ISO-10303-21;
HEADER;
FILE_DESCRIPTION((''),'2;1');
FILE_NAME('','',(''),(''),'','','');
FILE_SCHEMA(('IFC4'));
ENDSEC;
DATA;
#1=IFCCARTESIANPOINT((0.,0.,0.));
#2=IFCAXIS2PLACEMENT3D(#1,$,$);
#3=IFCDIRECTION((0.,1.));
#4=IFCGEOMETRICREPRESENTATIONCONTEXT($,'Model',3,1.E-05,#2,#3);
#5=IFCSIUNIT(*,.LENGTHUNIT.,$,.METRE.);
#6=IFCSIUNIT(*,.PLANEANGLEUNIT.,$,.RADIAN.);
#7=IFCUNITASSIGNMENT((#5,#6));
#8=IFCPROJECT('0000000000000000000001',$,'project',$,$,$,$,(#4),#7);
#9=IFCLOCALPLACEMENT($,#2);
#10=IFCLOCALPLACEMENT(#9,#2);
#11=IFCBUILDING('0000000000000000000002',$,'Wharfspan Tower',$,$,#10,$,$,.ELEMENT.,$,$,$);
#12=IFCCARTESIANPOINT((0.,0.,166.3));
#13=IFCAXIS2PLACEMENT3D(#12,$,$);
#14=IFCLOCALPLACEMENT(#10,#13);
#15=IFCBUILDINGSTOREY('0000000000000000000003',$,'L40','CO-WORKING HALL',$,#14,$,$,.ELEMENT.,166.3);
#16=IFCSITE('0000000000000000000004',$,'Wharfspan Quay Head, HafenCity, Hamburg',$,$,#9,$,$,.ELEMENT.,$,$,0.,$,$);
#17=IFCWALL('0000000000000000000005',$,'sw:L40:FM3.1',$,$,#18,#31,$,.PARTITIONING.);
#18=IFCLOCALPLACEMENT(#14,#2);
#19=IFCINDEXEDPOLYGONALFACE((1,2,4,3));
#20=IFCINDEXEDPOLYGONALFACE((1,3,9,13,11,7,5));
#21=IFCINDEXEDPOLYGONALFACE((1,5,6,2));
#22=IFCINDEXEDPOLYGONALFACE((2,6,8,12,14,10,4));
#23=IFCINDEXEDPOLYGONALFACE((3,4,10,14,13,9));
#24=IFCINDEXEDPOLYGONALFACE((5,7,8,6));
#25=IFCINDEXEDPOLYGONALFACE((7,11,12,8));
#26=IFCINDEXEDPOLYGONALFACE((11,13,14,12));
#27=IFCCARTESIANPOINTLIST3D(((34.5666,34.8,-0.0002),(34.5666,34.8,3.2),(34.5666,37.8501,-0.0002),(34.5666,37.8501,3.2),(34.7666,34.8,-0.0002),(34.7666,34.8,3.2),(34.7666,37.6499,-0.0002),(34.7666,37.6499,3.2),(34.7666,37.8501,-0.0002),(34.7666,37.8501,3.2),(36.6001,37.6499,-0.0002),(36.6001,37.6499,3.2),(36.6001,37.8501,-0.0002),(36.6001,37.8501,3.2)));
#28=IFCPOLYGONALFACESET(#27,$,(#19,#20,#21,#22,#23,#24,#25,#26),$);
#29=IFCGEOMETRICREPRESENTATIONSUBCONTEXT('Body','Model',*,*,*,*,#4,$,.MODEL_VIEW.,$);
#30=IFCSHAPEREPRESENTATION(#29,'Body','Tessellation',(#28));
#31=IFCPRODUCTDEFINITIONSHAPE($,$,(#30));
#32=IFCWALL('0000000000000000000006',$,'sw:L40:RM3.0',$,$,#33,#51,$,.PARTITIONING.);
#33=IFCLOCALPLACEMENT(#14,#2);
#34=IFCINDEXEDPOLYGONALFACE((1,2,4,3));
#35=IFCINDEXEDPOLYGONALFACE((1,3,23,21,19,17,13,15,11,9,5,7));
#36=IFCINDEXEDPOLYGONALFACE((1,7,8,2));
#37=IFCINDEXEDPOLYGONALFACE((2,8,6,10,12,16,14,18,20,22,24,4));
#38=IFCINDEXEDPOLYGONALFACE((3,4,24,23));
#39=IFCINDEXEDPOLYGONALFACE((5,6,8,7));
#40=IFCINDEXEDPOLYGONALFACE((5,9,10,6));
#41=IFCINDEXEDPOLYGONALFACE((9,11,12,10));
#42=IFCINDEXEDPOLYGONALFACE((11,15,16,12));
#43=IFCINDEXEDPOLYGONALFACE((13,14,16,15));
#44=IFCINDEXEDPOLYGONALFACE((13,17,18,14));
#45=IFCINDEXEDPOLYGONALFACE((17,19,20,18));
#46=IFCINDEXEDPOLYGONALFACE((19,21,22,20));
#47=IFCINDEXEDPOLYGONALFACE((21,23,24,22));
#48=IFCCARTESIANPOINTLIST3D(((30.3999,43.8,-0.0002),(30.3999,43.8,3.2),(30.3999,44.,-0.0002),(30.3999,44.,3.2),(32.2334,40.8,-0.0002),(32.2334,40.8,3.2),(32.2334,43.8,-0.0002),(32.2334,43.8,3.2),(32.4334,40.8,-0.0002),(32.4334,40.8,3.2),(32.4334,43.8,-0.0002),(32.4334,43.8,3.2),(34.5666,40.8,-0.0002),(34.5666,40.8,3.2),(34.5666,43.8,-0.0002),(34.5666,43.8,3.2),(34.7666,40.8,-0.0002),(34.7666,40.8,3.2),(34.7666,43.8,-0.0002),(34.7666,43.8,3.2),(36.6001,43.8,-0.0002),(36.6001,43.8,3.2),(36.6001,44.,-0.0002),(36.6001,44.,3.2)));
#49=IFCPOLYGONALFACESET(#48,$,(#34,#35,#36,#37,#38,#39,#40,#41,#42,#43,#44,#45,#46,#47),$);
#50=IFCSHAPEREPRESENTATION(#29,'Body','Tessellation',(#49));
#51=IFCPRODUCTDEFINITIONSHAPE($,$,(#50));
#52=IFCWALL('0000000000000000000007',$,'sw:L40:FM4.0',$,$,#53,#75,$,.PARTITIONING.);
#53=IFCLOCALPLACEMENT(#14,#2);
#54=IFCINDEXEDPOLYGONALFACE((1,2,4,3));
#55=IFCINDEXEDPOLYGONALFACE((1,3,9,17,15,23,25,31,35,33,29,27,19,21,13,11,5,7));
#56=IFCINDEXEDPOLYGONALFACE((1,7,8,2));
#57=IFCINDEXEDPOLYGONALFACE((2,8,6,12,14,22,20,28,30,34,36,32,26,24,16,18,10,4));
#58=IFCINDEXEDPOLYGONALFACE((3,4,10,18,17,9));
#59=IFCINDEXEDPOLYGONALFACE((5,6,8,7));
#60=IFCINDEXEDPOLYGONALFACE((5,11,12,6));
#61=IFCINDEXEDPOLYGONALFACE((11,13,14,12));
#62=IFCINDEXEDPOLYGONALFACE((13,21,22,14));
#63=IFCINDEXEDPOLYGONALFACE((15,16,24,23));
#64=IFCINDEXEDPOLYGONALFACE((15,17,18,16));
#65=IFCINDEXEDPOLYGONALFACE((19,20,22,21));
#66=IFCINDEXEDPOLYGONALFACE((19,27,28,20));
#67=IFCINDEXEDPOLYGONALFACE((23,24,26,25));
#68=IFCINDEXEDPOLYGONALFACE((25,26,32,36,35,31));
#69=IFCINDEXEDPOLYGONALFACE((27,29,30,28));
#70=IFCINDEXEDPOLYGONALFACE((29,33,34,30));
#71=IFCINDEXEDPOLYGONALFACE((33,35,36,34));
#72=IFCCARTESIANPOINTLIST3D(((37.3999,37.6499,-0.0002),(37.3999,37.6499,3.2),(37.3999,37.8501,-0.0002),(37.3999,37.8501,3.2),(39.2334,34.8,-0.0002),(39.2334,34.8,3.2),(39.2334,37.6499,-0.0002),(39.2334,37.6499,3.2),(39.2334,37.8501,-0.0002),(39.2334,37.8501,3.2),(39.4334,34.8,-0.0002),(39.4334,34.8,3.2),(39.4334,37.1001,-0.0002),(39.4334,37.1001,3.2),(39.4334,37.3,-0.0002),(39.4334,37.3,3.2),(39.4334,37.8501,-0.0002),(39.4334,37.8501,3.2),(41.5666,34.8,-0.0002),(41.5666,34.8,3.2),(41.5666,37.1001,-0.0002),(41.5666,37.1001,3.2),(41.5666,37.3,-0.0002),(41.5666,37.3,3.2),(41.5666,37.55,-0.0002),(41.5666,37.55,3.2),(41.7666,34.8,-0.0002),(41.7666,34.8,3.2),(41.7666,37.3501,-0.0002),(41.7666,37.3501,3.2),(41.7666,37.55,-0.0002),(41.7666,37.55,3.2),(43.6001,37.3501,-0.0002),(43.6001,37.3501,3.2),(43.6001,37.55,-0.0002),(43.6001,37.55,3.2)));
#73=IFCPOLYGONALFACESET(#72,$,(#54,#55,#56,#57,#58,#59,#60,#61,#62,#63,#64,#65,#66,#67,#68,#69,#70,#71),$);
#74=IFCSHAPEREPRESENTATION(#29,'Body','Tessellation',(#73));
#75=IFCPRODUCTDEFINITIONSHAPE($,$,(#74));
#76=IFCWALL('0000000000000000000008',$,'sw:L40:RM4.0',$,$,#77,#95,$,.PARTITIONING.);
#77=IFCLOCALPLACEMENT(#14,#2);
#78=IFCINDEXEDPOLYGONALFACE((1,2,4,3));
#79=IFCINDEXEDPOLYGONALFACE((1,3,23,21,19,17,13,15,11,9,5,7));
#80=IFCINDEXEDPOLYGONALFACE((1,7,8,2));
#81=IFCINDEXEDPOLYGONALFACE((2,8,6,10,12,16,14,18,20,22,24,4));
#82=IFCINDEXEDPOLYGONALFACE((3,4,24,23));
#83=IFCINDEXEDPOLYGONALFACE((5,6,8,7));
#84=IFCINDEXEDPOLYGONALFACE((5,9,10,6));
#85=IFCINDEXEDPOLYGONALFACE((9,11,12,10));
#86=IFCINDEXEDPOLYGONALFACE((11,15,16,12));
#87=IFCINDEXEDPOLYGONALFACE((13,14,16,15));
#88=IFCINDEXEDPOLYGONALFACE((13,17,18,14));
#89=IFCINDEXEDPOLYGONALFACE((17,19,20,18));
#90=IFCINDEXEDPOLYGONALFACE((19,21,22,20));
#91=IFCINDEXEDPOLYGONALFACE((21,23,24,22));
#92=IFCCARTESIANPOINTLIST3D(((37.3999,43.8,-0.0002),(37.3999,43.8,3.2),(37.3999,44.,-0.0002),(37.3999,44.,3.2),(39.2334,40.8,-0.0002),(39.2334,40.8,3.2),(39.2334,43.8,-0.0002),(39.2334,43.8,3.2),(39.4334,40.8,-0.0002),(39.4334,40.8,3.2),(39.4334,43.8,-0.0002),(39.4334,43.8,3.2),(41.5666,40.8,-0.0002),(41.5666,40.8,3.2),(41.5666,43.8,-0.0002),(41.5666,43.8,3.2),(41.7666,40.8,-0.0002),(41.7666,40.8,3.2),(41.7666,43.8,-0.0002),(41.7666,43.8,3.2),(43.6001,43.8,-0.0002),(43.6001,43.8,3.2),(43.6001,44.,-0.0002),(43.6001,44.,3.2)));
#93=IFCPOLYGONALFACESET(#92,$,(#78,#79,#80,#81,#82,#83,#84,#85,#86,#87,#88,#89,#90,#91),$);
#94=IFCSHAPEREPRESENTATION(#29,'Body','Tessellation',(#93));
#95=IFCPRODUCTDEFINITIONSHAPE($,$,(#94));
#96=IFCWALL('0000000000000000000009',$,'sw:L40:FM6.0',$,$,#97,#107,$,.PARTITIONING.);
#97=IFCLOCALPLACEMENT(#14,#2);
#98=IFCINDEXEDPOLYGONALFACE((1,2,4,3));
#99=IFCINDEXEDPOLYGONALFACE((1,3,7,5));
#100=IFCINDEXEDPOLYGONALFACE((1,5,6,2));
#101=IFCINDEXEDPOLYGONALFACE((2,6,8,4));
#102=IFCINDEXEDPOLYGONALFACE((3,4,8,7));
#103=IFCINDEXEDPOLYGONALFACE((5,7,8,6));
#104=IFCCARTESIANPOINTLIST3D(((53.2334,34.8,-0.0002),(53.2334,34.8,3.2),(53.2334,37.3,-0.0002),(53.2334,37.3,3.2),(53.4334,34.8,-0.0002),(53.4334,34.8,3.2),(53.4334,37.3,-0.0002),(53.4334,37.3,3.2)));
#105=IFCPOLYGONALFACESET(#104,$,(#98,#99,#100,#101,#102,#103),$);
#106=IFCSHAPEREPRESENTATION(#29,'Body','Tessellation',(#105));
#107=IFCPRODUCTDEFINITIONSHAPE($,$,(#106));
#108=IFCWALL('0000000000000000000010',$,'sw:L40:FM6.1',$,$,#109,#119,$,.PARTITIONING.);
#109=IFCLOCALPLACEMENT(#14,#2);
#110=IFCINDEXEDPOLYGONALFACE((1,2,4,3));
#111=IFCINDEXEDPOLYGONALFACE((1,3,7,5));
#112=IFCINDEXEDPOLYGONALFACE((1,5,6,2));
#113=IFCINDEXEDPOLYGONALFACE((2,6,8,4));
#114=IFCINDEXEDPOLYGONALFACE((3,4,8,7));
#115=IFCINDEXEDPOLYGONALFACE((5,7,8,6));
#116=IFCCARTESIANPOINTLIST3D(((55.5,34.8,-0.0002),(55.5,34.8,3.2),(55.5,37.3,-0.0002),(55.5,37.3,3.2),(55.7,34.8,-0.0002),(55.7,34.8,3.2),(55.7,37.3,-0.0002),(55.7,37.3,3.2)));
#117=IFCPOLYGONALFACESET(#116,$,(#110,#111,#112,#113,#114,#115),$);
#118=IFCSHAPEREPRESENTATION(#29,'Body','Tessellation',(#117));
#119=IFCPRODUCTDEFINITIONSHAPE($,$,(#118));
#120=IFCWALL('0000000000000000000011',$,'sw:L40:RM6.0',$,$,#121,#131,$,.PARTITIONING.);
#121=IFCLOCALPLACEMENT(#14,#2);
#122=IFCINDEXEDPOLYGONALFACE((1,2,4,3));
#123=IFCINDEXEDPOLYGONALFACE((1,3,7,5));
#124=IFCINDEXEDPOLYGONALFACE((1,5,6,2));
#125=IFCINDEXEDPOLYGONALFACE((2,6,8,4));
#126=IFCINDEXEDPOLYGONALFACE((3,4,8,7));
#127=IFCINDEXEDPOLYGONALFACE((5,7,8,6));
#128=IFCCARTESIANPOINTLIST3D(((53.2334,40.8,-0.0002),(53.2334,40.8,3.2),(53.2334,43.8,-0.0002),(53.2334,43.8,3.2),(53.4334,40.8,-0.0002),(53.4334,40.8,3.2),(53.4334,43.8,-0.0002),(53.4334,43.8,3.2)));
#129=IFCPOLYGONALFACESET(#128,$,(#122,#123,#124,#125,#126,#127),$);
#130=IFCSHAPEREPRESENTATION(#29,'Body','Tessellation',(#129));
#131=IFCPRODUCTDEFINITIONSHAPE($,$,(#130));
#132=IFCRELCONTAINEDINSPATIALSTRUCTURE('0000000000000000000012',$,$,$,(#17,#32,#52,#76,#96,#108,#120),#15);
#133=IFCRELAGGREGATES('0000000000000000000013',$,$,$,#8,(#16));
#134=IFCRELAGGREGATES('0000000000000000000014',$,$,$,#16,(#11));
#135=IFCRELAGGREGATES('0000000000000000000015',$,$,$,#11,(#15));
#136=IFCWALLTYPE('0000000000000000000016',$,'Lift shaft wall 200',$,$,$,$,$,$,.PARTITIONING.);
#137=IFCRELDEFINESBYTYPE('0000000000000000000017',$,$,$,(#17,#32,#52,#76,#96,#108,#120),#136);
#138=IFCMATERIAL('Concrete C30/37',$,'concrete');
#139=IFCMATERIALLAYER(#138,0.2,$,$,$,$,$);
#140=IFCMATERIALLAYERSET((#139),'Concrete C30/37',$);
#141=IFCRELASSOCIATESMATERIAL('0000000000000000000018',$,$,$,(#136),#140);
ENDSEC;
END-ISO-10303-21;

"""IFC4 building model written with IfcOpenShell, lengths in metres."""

from ifc_helpers import new_model, si_unit, direction, frame, origin, place, context, subcontext, project, spatial, polyline, outline, extrude, material, layer, layer_set, type_object, element, save


model = new_model("IFC4")

# Units and contexts
model_context = context("Model", 3, precision=1e-05, world=origin(), true_north=direction((0.0, 1.0)))
body_context = subcontext(model_context, "Body", "Model", "MODEL_VIEW")
ifc_project = project(units=[si_unit("LENGTHUNIT", "METRE"), si_unit("PLANEANGLEUNIT", "RADIAN")], contexts=[model_context])

# Site, building, storey
site_placement = place(None, origin())
site = spatial("IfcSite", under=ifc_project, at=site_placement, Name="Wharfspan Quay Head, HafenCity, Hamburg", CompositionType="ELEMENT", RefElevation=0.0)
building_placement = place(site_placement, origin())
building = spatial("IfcBuilding", under=site, at=building_placement, Name="Wharfspan Tower", CompositionType="ELEMENT")
storey_placement = place(building_placement, frame((0.0, 0.0, 166.3)))
storey = spatial("IfcBuildingStorey", under=building, at=storey_placement, Name="L40", Description="CO-WORKING HALL", CompositionType="ELEMENT", Elevation=166.3)

# Walls
ifc_material_1 = material(Name="Concrete C30/37", Category="concrete")
ifc_layer_1 = layer(ifc_material_1, 0.2)
ifc_layer_set_1 = layer_set([ifc_layer_1], Name="Concrete C30/37")
wall_type_1 = type_object("IfcWallType", Name="Lift shaft wall 200", PredefinedType="PARTITIONING", material=ifc_layer_set_1)
wall_1_placement = place(storey_placement, frame((0.0, 0.0, -0.0002)))
element("IfcWall", 1, at=wall_1_placement, inside=storey, type_object=wall_type_1, Name="sw:L40:FM3.1", PredefinedType="PARTITIONING", context=body_context, shape_type="SweptSolid", body=[
    extrude(outline(polyline([(34.5667, 37.8501), (34.7666, 37.8501), (36.6001, 37.8501), (36.6001, 37.6499), (34.7666, 37.6499), (34.7666, 34.8), (34.5667, 34.8), (34.5667, 37.8501)])), origin(), (0.0, 0.0, 1.0), 3.2002),
])
wall_2_placement = place(storey_placement, frame((0.0, 0.0, -0.0002)))
element("IfcWall", 2, at=wall_2_placement, inside=storey, type_object=wall_type_1, Name="sw:L40:RM3.0", PredefinedType="PARTITIONING", context=body_context, shape_type="SweptSolid", body=[
    extrude(outline(polyline([(32.4333, 40.8), (32.2334, 40.8), (32.2334, 43.8), (30.3999, 43.8), (30.3999, 44.0), (36.6001, 44.0), (36.6001, 43.8), (34.7666, 43.8), (34.7666, 40.8), (34.5667, 40.8), (34.5667, 43.8), (32.4333, 43.8), (32.4333, 40.8)])), origin(), (0.0, 0.0, 1.0), 3.2002),
])
wall_3_placement = place(storey_placement, frame((0.0, 0.0, -0.0002)))
element("IfcWall", 3, at=wall_3_placement, inside=storey, type_object=wall_type_1, Name="sw:L40:FM4.0", PredefinedType="PARTITIONING", context=body_context, shape_type="SweptSolid", body=[
    extrude(outline(polyline([(41.5667, 37.1001), (39.4333, 37.1001), (39.4333, 34.8), (39.2334, 34.8), (39.2334, 37.6499), (37.3999, 37.6499), (37.3999, 37.8501), (39.2334, 37.8501), (39.4333, 37.8501), (39.4333, 37.3), (41.5667, 37.3), (41.5667, 37.55), (41.7666, 37.55), (43.6001, 37.55), (43.6001, 37.3501), (41.7666, 37.3501), (41.7666, 34.8), (41.5667, 34.8), (41.5667, 37.1001)])), origin(), (0.0, 0.0, 1.0), 3.2002),
])
wall_4_placement = place(storey_placement, frame((0.0, 0.0, -0.0002)))
element("IfcWall", 4, at=wall_4_placement, inside=storey, type_object=wall_type_1, Name="sw:L40:RM4.0", PredefinedType="PARTITIONING", context=body_context, shape_type="SweptSolid", body=[
    extrude(outline(polyline([(39.4333, 40.8), (39.2334, 40.8), (39.2334, 43.8), (37.3999, 43.8), (37.3999, 44.0), (43.6001, 44.0), (43.6001, 43.8), (41.7666, 43.8), (41.7666, 40.8), (41.5667, 40.8), (41.5667, 43.8), (39.4333, 43.8), (39.4333, 40.8)])), origin(), (0.0, 0.0, 1.0), 3.2002),
])
wall_5_placement = place(storey_placement, frame((0.0, 0.0, -0.0002)))
element("IfcWall", 5, at=wall_5_placement, inside=storey, type_object=wall_type_1, Name="sw:L40:FM6.0", PredefinedType="PARTITIONING", context=body_context, shape_type="SweptSolid", body=[
    extrude(outline(polyline([(53.2334, 34.8), (53.2334, 37.3), (53.4333, 37.3), (53.4333, 34.8), (53.2334, 34.8)])), origin(), (0.0, 0.0, 1.0), 3.2002),
])
wall_6_placement = place(storey_placement, frame((0.0, 0.0, -0.0002)))
element("IfcWall", 6, at=wall_6_placement, inside=storey, type_object=wall_type_1, Name="sw:L40:FM6.1", PredefinedType="PARTITIONING", context=body_context, shape_type="SweptSolid", body=[
    extrude(outline(polyline([(55.5, 34.8), (55.5, 37.3), (55.7, 37.3), (55.7, 34.8), (55.5, 34.8)])), origin(), (0.0, 0.0, 1.0), 3.2002),
])
wall_7_placement = place(storey_placement, frame((0.0, 0.0, -0.0002)))
element("IfcWall", 7, at=wall_7_placement, inside=storey, type_object=wall_type_1, Name="sw:L40:RM6.0", PredefinedType="PARTITIONING", context=body_context, shape_type="SweptSolid", body=[
    extrude(outline(polyline([(53.4333, 40.8), (53.4333, 43.8), (53.2334, 43.8), (53.2334, 40.8), (53.4333, 40.8)])), origin(), (0.0, 0.0, 1.0), 3.2002),
])

save(model, "model.ifc")
